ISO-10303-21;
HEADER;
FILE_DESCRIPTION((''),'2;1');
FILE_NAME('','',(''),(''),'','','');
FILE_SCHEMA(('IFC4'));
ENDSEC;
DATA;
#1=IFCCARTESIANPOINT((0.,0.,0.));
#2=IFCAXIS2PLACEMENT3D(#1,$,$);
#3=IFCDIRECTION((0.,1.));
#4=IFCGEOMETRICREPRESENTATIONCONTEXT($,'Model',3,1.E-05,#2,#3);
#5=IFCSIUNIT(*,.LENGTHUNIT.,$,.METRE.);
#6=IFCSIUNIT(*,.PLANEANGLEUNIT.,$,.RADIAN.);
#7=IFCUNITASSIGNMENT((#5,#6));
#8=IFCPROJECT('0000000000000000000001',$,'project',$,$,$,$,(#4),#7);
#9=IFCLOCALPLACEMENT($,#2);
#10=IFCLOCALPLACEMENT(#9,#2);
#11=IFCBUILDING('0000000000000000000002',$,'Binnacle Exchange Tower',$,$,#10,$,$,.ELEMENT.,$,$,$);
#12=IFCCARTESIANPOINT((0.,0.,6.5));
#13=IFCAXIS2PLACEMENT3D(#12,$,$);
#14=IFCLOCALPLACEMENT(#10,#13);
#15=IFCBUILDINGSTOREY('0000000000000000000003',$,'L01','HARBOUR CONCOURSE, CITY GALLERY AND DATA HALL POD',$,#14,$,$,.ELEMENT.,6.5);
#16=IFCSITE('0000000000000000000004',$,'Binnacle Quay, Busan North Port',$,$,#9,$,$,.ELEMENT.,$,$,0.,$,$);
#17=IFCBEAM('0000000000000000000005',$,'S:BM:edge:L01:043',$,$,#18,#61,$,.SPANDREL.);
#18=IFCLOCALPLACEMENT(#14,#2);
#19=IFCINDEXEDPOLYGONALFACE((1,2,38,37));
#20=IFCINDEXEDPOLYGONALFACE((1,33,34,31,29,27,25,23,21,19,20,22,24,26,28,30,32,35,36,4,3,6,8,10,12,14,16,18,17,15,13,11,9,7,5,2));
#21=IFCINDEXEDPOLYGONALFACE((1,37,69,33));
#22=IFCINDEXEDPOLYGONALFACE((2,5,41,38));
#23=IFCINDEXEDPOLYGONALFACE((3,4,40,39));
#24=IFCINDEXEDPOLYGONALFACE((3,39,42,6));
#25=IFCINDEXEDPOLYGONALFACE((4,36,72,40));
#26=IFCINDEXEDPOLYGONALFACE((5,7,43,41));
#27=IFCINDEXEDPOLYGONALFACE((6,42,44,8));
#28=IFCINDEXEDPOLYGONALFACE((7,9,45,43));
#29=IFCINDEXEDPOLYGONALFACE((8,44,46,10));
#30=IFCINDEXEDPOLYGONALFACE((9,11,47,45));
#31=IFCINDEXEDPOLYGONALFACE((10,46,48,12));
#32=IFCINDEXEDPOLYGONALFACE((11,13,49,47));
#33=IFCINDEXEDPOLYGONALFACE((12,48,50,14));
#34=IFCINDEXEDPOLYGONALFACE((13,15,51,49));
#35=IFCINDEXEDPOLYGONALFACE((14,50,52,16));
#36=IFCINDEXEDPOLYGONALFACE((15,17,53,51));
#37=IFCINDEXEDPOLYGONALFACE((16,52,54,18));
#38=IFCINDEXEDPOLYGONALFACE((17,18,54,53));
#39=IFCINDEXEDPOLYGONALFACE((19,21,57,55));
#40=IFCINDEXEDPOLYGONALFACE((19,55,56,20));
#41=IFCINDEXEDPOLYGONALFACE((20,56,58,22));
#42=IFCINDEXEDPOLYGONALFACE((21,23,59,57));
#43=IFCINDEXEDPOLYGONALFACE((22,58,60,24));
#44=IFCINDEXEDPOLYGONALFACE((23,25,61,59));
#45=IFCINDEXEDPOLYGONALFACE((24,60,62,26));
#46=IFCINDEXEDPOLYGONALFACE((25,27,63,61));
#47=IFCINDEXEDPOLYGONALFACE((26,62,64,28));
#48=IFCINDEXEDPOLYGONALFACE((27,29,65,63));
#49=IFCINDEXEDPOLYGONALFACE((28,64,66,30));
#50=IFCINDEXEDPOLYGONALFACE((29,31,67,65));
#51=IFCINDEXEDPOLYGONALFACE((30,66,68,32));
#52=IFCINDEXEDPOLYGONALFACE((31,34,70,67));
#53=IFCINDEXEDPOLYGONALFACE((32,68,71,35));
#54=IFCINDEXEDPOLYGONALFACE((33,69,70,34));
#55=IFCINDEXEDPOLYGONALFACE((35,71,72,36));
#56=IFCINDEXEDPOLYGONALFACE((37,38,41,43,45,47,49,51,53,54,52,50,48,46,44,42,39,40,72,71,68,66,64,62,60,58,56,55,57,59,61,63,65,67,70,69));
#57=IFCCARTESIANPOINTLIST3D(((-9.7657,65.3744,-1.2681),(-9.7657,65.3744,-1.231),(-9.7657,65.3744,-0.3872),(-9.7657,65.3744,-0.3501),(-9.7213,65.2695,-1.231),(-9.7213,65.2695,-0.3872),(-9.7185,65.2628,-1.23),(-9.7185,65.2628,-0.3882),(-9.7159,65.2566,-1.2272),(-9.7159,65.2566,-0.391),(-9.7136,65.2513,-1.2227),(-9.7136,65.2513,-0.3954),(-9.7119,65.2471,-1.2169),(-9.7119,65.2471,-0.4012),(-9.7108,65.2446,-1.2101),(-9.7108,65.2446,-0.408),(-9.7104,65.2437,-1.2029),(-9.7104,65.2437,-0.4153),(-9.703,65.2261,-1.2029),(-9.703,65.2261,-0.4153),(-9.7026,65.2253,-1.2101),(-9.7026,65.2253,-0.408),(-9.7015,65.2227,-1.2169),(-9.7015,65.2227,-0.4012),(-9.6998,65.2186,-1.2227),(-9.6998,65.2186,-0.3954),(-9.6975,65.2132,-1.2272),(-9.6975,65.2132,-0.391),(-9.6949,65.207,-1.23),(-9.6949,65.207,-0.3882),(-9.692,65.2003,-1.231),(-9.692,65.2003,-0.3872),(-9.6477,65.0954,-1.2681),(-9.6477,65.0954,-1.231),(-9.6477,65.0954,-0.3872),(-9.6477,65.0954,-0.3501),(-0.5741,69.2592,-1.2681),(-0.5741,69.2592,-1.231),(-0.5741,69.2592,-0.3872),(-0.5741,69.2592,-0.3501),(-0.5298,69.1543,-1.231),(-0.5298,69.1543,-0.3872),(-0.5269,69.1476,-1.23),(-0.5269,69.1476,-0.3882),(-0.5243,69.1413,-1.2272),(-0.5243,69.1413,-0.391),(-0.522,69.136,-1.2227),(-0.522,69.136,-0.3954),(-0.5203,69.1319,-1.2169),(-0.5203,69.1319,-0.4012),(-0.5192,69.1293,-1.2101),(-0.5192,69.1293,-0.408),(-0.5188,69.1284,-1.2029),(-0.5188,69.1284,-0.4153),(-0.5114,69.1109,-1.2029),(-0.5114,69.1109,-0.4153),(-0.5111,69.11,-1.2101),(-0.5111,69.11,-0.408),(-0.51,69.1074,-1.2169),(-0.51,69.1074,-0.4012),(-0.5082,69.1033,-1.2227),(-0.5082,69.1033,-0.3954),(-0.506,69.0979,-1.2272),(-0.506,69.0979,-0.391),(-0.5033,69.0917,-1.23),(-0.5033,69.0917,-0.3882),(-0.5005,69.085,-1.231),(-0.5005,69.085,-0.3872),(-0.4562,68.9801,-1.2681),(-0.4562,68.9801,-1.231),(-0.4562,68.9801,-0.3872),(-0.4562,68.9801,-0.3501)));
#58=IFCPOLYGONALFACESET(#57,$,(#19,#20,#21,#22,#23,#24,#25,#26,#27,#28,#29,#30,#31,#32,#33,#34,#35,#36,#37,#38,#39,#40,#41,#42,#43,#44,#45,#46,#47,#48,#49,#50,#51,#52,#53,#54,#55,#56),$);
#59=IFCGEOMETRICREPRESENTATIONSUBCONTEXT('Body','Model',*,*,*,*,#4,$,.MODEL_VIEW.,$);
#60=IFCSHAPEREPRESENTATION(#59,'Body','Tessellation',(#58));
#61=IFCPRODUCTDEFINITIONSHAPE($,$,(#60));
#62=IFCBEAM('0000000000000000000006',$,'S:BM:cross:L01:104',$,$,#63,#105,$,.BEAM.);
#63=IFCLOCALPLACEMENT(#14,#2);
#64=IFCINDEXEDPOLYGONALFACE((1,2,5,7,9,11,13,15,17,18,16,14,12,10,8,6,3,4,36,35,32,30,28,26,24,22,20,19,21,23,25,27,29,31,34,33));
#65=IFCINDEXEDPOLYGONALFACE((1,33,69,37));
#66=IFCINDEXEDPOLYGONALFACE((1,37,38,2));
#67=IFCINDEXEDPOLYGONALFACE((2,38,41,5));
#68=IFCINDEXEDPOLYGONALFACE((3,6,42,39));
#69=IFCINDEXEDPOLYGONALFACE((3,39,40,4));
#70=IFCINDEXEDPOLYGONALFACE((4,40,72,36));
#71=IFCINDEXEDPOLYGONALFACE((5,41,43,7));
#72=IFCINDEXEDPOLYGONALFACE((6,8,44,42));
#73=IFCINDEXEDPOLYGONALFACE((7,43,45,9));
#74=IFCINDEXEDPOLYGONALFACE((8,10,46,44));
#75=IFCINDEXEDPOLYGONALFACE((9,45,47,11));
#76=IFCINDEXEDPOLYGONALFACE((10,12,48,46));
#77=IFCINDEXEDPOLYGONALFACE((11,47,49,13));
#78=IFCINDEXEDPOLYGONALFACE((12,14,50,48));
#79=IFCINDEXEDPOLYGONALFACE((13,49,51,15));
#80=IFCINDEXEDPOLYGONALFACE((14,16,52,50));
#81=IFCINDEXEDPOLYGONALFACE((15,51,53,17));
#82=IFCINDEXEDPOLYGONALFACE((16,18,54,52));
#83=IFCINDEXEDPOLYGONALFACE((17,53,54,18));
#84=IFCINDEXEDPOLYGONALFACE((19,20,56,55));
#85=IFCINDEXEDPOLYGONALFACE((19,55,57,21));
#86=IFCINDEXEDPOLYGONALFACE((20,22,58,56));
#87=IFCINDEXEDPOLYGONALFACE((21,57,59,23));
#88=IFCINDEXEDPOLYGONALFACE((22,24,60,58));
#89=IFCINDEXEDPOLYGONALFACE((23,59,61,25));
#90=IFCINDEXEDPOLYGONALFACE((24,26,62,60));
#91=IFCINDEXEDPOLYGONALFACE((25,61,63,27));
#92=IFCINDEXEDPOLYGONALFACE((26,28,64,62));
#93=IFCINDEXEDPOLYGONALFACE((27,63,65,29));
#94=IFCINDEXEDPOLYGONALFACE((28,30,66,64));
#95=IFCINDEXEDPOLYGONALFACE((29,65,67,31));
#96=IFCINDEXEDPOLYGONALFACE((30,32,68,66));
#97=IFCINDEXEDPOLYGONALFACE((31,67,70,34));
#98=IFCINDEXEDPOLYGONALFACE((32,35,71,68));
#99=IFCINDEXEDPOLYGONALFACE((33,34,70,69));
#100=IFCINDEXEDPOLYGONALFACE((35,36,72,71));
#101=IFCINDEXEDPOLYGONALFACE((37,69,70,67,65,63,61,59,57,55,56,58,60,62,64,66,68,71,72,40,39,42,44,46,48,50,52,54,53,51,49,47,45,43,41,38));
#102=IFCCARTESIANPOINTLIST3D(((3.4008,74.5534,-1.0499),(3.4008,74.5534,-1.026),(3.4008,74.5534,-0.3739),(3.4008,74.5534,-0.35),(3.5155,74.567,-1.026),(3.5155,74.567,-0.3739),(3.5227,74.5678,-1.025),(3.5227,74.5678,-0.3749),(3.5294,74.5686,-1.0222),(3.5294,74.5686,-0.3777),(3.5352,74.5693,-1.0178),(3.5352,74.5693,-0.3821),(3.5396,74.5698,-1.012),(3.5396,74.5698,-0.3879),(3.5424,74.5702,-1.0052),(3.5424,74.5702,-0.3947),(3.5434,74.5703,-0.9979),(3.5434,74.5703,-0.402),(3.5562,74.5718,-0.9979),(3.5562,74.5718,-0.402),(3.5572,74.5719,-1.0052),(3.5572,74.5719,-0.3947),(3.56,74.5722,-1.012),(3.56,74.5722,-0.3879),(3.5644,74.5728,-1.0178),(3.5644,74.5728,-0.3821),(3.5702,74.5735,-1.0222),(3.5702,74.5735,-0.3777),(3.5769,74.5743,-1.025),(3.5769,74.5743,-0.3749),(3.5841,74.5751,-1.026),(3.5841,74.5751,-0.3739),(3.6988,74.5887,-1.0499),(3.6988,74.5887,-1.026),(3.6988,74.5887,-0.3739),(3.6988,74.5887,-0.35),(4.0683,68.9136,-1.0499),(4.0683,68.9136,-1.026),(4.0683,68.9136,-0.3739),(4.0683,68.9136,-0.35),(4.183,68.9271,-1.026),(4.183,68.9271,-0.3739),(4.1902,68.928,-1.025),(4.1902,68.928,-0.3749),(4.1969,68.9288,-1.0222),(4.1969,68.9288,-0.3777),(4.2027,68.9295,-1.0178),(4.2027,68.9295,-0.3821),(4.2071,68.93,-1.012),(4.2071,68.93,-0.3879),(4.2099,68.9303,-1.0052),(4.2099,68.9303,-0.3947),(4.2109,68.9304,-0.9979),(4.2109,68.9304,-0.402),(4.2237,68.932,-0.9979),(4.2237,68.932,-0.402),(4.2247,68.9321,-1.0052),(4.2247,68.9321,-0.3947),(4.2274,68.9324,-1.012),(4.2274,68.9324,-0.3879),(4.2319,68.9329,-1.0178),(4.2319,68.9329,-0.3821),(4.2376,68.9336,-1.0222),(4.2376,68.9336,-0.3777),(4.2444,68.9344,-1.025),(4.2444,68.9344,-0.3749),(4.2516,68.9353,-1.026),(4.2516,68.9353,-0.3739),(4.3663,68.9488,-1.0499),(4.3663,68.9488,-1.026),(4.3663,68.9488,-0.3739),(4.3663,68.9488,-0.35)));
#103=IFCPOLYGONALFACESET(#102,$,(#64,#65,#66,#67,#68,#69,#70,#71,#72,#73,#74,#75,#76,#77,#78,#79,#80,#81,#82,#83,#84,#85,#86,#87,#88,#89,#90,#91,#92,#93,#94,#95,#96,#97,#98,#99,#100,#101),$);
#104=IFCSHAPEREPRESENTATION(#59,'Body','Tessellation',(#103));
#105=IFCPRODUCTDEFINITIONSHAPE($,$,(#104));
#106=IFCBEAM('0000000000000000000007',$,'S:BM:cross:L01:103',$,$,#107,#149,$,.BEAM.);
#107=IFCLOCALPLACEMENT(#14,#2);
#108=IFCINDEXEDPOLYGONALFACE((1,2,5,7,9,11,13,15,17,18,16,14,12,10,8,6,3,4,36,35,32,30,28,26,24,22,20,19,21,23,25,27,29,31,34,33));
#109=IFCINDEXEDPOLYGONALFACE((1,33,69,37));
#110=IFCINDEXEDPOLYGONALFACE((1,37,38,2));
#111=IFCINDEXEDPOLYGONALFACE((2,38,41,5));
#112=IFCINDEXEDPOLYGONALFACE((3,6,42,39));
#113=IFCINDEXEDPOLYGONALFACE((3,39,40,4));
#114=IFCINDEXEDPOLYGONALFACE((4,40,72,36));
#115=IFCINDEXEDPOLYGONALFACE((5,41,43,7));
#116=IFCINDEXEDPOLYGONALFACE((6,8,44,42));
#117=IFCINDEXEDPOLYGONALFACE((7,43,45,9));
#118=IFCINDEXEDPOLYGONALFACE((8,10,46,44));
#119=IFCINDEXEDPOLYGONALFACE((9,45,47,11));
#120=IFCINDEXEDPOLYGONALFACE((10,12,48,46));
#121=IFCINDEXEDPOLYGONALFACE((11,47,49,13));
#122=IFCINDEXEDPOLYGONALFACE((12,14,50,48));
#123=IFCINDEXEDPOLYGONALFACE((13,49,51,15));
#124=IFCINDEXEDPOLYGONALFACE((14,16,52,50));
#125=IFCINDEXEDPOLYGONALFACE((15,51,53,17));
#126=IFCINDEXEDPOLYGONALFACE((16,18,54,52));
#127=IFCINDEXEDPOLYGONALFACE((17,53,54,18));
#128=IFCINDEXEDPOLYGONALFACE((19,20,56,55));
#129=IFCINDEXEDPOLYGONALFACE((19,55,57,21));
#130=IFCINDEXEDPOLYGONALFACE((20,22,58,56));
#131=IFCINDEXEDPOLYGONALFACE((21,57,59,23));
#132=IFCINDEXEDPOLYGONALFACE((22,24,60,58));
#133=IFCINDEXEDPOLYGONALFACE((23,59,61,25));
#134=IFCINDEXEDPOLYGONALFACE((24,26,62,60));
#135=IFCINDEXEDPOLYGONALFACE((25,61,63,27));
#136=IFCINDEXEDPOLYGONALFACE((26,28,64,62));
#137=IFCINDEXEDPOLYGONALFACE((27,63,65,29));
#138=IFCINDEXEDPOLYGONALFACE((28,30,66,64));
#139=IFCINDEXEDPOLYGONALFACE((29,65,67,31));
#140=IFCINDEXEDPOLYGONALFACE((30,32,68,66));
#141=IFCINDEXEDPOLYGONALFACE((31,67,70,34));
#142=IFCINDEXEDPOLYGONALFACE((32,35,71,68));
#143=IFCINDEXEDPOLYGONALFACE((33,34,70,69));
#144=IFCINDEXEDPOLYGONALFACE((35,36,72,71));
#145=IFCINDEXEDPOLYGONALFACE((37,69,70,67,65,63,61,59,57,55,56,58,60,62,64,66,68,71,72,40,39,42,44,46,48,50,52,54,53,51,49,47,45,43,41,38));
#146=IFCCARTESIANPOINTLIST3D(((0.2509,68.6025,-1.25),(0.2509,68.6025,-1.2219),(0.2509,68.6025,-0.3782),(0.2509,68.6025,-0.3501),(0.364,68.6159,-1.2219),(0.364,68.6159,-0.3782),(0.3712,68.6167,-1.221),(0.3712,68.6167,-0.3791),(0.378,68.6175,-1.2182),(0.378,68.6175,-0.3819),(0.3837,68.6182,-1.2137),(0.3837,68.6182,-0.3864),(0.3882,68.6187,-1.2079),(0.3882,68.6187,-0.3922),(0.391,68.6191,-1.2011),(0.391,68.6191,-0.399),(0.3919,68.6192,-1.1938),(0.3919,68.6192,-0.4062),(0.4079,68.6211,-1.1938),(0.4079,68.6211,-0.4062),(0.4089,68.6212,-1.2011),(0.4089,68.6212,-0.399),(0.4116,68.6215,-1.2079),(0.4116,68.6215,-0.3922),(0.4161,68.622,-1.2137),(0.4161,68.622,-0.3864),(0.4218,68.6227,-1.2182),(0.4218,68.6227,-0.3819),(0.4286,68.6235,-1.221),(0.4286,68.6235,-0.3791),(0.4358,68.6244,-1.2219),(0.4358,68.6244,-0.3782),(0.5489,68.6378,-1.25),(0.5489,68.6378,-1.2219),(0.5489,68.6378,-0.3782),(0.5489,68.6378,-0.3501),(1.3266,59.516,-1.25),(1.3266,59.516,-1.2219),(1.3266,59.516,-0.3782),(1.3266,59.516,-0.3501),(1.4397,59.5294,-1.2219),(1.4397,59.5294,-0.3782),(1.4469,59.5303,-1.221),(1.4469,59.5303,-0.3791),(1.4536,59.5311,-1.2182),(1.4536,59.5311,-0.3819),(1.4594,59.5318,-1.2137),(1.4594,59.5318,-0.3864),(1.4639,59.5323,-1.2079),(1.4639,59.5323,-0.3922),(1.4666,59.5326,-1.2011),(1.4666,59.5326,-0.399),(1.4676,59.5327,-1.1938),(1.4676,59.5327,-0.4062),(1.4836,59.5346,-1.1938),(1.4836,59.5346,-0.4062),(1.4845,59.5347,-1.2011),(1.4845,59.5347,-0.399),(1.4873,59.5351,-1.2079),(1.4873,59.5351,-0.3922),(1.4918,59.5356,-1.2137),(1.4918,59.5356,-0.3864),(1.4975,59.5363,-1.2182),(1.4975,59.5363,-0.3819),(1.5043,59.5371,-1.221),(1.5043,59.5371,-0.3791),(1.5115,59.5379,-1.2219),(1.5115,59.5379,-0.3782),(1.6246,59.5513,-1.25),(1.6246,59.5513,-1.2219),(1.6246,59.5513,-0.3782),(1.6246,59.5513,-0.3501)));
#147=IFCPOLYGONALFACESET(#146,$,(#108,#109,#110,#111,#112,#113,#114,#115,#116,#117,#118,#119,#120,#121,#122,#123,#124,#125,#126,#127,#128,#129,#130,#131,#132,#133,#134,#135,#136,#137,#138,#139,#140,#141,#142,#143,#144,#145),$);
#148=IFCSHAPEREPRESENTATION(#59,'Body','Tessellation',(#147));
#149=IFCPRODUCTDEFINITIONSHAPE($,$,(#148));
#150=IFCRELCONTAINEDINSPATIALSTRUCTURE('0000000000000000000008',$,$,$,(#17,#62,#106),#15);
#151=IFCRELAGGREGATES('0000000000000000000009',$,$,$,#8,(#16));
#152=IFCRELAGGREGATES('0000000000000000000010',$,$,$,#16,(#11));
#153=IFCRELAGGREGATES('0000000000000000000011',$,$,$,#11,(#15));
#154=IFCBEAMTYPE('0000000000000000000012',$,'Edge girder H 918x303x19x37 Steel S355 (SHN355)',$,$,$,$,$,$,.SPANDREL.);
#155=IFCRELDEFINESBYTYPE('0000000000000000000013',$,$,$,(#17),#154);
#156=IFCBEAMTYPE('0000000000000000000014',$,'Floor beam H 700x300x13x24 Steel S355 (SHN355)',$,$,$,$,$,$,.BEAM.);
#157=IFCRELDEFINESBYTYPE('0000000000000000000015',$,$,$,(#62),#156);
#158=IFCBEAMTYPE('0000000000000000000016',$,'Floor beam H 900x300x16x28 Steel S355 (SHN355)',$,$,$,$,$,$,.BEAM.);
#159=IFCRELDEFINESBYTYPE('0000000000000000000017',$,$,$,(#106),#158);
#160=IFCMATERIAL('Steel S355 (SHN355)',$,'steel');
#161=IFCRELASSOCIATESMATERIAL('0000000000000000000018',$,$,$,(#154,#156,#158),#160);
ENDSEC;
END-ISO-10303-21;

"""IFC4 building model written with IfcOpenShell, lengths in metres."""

from ifc_helpers import new_model, si_unit, direction, frame, origin, origin_2d, place, context, subcontext, project, spatial, i_section, extrude, material, material_profile, profile_set, type_object, element, save


model = new_model("IFC4")

# Units and contexts
model_context = context("Model", 3, precision=1e-05, world=origin(), true_north=direction((0.0, 1.0)))
body_context = subcontext(model_context, "Body", "Model", "MODEL_VIEW")
ifc_project = project(units=[si_unit("LENGTHUNIT", "METRE"), si_unit("PLANEANGLEUNIT", "RADIAN")], contexts=[model_context])

# Site, building, storey
site_placement = place(None, origin())
site = spatial("IfcSite", under=ifc_project, at=site_placement, Name="Binnacle Quay, Busan North Port", CompositionType="ELEMENT", RefElevation=0.0)
building_placement = place(site_placement, origin())
building = spatial("IfcBuilding", under=site, at=building_placement, Name="Binnacle Exchange Tower", CompositionType="ELEMENT")
storey_placement = place(building_placement, frame((0.0, 0.0, 6.5)))
storey = spatial("IfcBuildingStorey", under=building, at=storey_placement, Name="L01", Description="HARBOUR CONCOURSE, CITY GALLERY AND DATA HALL POD", CompositionType="ELEMENT", Elevation=6.5)

# Beams
ifc_material_1 = material(Name="Steel S355 (SHN355)", Category="steel")
ifc_material_profile_1 = material_profile(ifc_material_1, i_section(OverallWidth=0.303, OverallDepth=0.918, WebThickness=0.019, FlangeThickness=0.0371, FilletRadius=0.0281, at=origin_2d()), Name="H 918x303x19x37")
ifc_profile_set_1 = profile_set([ifc_material_profile_1], Name="Steel S355 (SHN355)")
beam_type_1 = type_object("IfcBeamType", Name="Edge girder H 918x303x19x37 Steel S355 (SHN355)", PredefinedType="SPANDREL", material=ifc_profile_set_1)
beam_1_placement = place(storey_placement, frame((-0.5151, 69.1196, -0.8091), z_axis=(-0.921111, -0.389299, 0.0), x_axis=(0.389299, -0.921111, 0.0)))
element("IfcBeam", 1, at=beam_1_placement, inside=storey, type_object=beam_type_1, Name="S:BM:edge:L01:043", PredefinedType="SPANDREL", context=body_context, shape_type="SweptSolid", body=[
    extrude(i_section(OverallWidth=0.303, OverallDepth=0.918, WebThickness=0.019, FlangeThickness=0.0371, FilletRadius=0.0281, at=origin_2d()), origin(), (0.0, 0.0, 1.0), 9.9788),
])
ifc_material_profile_2 = material_profile(ifc_material_1, i_section(OverallWidth=0.3, OverallDepth=0.7, WebThickness=0.0129, FlangeThickness=0.0239, FilletRadius=0.0281, at=origin_2d()), Name="H 700x300x13x24")
ifc_profile_set_2 = profile_set([ifc_material_profile_2], Name="Steel S355 (SHN355)")
beam_type_2 = type_object("IfcBeamType", Name="Floor beam H 700x300x13x24 Steel S355 (SHN355)", PredefinedType="BEAM", material=ifc_profile_set_2)
beam_2_placement = place(storey_placement, frame((3.5498, 74.571, -0.7), z_axis=(0.11753, -0.993069, 0.0), x_axis=(0.993069, 0.11753, 0.0)))
element("IfcBeam", 2, at=beam_2_placement, inside=storey, type_object=beam_type_2, Name="S:BM:cross:L01:104", PredefinedType="BEAM", context=body_context, shape_type="SweptSolid", body=[
    extrude(i_section(OverallWidth=0.3, OverallDepth=0.7, WebThickness=0.0129, FlangeThickness=0.0239, FilletRadius=0.0281, at=origin_2d()), origin(), (0.0, 0.0, 1.0), 5.6792),
])
ifc_material_profile_3 = material_profile(ifc_material_1, i_section(OverallWidth=0.3, OverallDepth=0.8999, WebThickness=0.0161, FlangeThickness=0.0281, FilletRadius=0.0281, at=origin_2d()), Name="H 900x300x16x28")
ifc_profile_set_3 = profile_set([ifc_material_profile_3], Name="Steel S355 (SHN355)")
beam_type_3 = type_object("IfcBeamType", Name="Floor beam H 900x300x16x28 Steel S355 (SHN355)", PredefinedType="BEAM", material=ifc_profile_set_3)
beam_3_placement = place(storey_placement, frame((0.3999, 68.6201, -0.8), z_axis=(0.117563, -0.993065, 0.0), x_axis=(0.993065, 0.117563, 0.0)))
element("IfcBeam", 3, at=beam_3_placement, inside=storey, type_object=beam_type_3, Name="S:BM:cross:L01:103", PredefinedType="BEAM", context=body_context, shape_type="SweptSolid", body=[
    extrude(i_section(OverallWidth=0.3, OverallDepth=0.8999, WebThickness=0.0161, FlangeThickness=0.0281, FilletRadius=0.0281, at=origin_2d()), origin(), (0.0, 0.0, 1.0), 9.1499),
])

save(model, "model.ifc")
